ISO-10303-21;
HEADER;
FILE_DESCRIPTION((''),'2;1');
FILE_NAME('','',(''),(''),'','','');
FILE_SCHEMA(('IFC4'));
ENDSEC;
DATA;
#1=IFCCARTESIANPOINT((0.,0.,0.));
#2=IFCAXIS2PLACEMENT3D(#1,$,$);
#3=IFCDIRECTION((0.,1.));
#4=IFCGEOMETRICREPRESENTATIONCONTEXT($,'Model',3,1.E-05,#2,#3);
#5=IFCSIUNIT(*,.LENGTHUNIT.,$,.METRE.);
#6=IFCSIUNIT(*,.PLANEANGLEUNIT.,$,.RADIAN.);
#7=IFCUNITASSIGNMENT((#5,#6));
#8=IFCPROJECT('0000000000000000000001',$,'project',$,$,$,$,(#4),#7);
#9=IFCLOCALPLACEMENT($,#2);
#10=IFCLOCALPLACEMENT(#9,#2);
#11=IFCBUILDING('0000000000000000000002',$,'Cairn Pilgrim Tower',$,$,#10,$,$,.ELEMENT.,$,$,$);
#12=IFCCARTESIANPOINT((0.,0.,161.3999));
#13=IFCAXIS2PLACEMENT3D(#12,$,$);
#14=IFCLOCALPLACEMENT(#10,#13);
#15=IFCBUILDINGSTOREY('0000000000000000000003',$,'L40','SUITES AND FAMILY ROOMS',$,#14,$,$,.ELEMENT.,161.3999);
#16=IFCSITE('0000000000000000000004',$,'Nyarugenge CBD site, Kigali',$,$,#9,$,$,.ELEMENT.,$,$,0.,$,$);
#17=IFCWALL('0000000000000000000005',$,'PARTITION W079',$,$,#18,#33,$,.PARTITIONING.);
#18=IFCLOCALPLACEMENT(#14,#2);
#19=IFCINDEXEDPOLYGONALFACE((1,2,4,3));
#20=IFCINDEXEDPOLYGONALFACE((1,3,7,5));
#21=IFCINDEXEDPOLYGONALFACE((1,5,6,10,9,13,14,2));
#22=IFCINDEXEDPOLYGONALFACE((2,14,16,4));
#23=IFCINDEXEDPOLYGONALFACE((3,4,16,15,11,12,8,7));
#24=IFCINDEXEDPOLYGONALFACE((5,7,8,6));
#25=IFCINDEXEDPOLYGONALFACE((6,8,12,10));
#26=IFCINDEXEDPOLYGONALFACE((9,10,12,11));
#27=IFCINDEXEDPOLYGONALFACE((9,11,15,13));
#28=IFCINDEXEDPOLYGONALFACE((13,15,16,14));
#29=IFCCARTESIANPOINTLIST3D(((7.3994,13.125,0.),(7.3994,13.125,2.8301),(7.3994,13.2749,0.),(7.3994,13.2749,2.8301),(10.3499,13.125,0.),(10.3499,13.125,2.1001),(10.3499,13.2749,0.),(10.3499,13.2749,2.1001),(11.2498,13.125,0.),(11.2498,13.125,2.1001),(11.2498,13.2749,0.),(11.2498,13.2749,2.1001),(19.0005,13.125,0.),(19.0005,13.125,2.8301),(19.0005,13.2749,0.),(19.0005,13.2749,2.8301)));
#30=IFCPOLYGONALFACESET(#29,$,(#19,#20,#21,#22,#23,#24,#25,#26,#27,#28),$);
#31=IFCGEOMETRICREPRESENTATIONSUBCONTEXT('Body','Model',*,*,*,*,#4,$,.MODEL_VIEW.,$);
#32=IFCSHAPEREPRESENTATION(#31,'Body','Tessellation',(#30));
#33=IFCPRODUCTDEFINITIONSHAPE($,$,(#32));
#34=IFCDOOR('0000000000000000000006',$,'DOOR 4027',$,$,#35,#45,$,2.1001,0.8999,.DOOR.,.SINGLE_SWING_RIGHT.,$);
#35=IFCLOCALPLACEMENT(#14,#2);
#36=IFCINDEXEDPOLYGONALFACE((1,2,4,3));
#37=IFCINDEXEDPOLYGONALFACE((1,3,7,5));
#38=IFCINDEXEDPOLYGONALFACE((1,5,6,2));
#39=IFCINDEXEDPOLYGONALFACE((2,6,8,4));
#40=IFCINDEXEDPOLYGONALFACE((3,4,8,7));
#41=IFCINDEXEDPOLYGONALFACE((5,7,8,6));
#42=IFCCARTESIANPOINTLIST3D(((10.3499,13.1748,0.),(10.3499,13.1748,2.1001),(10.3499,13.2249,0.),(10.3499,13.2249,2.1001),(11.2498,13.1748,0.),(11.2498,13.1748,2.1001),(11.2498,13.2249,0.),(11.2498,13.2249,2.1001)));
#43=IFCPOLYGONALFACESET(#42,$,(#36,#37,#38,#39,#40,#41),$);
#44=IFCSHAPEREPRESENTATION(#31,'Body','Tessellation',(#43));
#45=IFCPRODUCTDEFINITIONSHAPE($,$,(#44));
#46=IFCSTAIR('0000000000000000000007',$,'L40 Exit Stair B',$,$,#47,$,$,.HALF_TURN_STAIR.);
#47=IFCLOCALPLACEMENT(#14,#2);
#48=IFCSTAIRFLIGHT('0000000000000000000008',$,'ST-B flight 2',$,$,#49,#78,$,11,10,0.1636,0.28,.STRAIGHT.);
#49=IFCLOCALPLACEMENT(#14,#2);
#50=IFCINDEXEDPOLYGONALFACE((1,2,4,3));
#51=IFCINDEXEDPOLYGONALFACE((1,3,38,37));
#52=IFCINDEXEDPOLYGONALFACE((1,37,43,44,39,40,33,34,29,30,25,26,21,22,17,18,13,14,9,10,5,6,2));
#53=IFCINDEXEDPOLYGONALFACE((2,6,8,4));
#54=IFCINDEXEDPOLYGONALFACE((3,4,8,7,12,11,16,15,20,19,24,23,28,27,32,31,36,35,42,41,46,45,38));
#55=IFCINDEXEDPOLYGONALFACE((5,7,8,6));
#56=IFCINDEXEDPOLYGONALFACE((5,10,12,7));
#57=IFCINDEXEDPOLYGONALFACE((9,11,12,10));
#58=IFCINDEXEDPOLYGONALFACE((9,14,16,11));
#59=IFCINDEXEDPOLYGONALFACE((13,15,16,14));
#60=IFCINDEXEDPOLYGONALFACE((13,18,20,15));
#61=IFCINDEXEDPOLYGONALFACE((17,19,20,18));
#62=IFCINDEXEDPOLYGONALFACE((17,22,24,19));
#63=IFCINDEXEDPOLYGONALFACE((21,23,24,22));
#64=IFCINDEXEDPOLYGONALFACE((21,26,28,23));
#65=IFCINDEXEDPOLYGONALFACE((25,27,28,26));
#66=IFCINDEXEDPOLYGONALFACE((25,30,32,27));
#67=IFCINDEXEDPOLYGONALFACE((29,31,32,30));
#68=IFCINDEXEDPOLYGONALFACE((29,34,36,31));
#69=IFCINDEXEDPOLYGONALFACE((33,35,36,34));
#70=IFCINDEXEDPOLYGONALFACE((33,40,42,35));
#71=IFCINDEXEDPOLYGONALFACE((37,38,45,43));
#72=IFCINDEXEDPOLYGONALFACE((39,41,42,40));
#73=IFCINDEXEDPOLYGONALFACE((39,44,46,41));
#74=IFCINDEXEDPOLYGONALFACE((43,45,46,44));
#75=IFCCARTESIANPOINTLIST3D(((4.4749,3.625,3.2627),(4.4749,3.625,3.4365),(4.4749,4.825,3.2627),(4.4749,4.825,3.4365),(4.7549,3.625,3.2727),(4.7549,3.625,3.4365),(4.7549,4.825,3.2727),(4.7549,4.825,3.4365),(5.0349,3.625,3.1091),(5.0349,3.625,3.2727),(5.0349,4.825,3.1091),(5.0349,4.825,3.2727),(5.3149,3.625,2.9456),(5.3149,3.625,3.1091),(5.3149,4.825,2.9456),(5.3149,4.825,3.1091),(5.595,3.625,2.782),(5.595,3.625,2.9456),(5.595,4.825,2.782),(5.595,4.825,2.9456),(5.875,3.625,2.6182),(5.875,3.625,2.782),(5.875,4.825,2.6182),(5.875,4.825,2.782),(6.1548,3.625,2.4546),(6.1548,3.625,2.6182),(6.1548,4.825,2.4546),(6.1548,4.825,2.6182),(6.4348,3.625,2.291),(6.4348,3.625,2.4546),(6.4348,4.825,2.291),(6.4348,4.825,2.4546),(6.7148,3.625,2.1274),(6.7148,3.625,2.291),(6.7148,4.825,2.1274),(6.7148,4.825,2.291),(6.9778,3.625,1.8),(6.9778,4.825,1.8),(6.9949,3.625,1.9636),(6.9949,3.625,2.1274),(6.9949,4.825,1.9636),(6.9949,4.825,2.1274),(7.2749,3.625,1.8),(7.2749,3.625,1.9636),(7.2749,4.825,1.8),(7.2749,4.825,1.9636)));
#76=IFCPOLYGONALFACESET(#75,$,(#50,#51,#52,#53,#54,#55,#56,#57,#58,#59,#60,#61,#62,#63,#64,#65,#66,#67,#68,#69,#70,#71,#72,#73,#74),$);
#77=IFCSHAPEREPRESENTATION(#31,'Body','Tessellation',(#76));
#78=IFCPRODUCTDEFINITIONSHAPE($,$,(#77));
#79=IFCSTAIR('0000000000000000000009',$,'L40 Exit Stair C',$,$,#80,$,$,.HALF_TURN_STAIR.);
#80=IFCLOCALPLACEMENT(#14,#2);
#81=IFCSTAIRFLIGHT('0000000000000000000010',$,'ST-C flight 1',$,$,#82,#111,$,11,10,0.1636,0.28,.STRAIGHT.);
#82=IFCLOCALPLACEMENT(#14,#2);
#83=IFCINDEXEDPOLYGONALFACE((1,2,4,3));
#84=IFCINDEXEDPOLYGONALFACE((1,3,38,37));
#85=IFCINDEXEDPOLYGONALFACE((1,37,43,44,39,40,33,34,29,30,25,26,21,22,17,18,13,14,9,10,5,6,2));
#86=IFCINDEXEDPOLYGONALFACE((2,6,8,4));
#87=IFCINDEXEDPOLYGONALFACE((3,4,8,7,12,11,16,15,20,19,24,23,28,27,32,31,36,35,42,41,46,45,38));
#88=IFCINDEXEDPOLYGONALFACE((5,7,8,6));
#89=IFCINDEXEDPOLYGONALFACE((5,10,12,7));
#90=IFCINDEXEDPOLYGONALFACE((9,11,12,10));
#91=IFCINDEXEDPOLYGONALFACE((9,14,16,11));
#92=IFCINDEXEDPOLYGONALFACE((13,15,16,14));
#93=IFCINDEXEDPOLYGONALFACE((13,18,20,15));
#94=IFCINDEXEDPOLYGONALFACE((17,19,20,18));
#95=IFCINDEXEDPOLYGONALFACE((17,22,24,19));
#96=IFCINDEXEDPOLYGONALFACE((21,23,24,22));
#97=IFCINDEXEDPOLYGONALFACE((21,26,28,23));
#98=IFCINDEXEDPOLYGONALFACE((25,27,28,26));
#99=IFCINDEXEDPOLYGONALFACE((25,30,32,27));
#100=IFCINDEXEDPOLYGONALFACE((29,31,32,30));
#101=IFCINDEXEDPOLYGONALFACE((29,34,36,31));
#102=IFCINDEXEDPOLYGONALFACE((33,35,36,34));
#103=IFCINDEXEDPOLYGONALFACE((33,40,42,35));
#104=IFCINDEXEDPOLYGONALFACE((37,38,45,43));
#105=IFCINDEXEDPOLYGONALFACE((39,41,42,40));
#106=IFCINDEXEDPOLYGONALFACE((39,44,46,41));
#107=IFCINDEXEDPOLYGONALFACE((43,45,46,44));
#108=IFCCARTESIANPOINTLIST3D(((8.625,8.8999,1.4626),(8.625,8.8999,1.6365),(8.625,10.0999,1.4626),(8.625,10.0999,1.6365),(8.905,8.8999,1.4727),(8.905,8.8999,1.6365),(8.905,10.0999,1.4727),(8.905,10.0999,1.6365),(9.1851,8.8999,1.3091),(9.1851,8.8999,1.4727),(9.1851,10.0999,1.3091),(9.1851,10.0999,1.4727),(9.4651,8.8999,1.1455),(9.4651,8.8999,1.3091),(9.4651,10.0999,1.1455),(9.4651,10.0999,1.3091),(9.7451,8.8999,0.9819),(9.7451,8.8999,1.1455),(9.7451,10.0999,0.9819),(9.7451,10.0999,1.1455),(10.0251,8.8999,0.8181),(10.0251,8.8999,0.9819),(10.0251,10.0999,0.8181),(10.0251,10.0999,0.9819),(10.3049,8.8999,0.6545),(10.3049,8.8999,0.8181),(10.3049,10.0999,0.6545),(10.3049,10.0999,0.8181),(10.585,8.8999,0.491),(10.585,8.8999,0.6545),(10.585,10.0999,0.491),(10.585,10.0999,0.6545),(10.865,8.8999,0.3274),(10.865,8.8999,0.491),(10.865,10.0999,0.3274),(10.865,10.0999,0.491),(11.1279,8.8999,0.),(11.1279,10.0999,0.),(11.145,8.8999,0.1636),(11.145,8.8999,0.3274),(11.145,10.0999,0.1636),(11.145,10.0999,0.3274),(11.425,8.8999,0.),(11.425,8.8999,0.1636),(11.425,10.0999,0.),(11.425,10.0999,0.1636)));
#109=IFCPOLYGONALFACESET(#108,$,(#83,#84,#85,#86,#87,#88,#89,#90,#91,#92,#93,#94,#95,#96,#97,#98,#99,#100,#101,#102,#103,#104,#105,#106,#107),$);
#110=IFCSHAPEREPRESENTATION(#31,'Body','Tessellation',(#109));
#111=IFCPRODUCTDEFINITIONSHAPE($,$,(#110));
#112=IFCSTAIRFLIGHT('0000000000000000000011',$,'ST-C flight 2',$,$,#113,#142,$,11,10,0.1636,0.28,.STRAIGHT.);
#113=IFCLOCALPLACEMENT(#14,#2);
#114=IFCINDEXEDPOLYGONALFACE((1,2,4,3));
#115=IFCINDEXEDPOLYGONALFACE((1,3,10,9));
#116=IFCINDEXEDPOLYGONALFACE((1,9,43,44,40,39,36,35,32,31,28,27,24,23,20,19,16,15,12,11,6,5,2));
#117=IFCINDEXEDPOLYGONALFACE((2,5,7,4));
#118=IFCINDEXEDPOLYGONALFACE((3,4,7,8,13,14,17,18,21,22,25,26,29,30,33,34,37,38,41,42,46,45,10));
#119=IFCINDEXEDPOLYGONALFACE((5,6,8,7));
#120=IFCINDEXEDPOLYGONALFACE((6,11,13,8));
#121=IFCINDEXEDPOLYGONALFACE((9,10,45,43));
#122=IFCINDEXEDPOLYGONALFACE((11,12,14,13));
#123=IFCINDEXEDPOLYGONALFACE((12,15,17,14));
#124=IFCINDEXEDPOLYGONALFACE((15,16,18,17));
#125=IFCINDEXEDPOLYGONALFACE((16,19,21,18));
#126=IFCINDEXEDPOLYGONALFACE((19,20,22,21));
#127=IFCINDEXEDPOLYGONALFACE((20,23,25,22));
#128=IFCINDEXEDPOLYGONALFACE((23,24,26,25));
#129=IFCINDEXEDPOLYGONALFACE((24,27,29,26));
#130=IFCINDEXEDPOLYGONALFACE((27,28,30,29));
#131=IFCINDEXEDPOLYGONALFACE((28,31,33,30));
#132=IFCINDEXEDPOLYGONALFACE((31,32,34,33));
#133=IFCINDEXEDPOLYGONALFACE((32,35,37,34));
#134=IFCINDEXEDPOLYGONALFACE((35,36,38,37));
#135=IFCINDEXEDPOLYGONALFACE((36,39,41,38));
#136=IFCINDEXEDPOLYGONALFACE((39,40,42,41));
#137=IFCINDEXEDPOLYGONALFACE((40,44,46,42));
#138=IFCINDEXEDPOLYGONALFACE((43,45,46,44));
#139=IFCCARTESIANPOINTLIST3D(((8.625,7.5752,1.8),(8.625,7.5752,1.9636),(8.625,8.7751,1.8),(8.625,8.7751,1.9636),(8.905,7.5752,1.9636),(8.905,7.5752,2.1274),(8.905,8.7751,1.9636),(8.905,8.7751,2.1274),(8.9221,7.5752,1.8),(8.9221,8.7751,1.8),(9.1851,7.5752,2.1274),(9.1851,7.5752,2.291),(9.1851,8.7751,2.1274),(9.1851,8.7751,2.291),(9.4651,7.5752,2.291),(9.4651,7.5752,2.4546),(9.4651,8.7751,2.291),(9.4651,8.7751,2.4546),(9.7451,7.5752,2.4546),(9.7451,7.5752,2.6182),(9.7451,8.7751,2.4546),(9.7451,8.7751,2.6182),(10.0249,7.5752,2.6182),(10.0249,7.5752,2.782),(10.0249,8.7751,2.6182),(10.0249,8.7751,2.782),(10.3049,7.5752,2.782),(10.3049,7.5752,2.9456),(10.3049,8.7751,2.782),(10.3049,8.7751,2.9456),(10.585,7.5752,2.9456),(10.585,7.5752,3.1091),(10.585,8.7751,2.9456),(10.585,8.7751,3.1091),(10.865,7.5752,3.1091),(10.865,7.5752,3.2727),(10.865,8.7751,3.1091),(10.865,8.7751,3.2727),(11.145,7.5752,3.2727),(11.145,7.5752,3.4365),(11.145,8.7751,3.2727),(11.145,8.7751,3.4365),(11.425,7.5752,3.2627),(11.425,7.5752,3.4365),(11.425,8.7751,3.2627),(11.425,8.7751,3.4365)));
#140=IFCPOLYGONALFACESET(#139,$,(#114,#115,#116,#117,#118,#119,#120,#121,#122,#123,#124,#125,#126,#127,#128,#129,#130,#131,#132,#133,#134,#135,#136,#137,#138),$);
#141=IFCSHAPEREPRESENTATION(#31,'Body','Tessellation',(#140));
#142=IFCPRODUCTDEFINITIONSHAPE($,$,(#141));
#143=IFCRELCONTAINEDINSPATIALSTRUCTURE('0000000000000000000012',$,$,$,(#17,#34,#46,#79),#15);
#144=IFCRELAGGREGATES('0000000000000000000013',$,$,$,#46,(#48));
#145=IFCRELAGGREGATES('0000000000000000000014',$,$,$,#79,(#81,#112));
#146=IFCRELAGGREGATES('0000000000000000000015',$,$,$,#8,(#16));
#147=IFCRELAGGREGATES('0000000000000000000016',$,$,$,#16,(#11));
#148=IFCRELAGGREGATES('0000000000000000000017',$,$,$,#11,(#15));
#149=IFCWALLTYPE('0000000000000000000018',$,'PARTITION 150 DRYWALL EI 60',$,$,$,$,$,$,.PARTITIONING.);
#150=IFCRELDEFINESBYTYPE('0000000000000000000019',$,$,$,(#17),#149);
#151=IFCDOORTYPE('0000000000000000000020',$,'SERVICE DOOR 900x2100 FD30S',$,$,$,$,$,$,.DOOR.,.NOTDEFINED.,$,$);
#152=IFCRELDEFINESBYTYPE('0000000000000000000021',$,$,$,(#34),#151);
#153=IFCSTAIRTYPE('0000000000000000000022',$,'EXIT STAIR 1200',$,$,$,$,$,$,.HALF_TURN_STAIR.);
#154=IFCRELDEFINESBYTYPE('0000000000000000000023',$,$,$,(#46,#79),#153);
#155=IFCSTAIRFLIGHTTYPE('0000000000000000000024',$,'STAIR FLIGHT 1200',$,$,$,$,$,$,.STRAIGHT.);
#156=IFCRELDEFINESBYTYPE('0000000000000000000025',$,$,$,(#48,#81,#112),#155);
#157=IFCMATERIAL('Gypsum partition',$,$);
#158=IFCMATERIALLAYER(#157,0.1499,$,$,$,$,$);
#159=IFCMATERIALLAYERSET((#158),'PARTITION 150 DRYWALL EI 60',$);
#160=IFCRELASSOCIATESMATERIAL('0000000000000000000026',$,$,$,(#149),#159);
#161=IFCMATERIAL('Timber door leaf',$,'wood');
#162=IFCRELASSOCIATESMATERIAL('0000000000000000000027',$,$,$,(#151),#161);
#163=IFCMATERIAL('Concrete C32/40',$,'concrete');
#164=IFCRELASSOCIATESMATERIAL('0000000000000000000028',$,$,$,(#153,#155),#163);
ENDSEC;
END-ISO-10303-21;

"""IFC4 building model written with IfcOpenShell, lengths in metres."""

from ifc_helpers import new_model, si_unit, direction, frame, frame_2d, origin, place, context, subcontext, project, spatial, polyline, rectangle, outline, extrude, material, layer, layer_set, type_object, element, fill, aggregate, save


model = new_model("IFC4")

# Units and contexts
model_context = context("Model", 3, precision=1e-05, world=origin(), true_north=direction((0.0, 1.0)))
body_context = subcontext(model_context, "Body", "Model", "MODEL_VIEW")
ifc_project = project(units=[si_unit("LENGTHUNIT", "METRE"), si_unit("PLANEANGLEUNIT", "RADIAN")], contexts=[model_context])

# Site, building, storey
site_placement = place(None, origin())
site = spatial("IfcSite", under=ifc_project, at=site_placement, Name="Nyarugenge CBD site, Kigali", CompositionType="ELEMENT", RefElevation=0.0)
building_placement = place(site_placement, origin())
building = spatial("IfcBuilding", under=site, at=building_placement, Name="Cairn Pilgrim Tower", CompositionType="ELEMENT")
storey_placement = place(building_placement, frame((0.0, 0.0, 161.3999)))
storey = spatial("IfcBuildingStorey", under=building, at=storey_placement, Name="L40", Description="SUITES AND FAMILY ROOMS", CompositionType="ELEMENT", Elevation=161.3999)

# Shared definitions
ifc_material_1 = material(Name="Concrete C32/40", Category="concrete")

# Wall, opening, door
ifc_material_2 = material(Name="Gypsum partition")
ifc_layer_1 = layer(ifc_material_2, 0.1499)
ifc_layer_set_1 = layer_set([ifc_layer_1], Name="PARTITION 150 DRYWALL EI 60")
wall_type_1 = type_object("IfcWallType", Name="PARTITION 150 DRYWALL EI 60", PredefinedType="PARTITIONING", material=ifc_layer_set_1)
wall_1_placement = place(storey_placement, frame((7.3994, 13.2, 0.0), z_axis=(0.0, 0.0, 1.0), x_axis=(1.0, 0.0, 0.0)))
wall_1 = element("IfcWall", 1, at=wall_1_placement, inside=storey, type_object=wall_type_1, Name="PARTITION W079", PredefinedType="PARTITIONING", context=body_context, shape_type="SweptSolid", body=[
    extrude(rectangle(XDim=11.6011, YDim=0.1499, at=frame_2d((5.8005, 0.0))), origin(), (0.0, 0.0, 1.0), 2.8301),
])
opening_1_placement = place(wall_1_placement, frame((2.9504, 0.0, 0.0)))
opening_1 = element("IfcOpeningElement", 2, at=opening_1_placement, cuts=wall_1, PredefinedType="OPENING", context=body_context, shape_type="SweptSolid", body=[
    extrude(rectangle(XDim=0.8999, YDim=2.1001, at=frame_2d((0.45, 1.05))), frame((0.0, 0.085, 0.0), z_axis=(0.0, -1.0, 0.0), x_axis=(1.0, 0.0, 0.0)), (0.0, 0.0, 1.0), 0.1699),
])
ifc_material_3 = material(Name="Timber door leaf", Category="wood")
door_type_1 = type_object("IfcDoorType", Name="SERVICE DOOR 900x2100 FD30S", OperationType="NOTDEFINED", PredefinedType="DOOR", material=ifc_material_3)
door_1_placement = place(opening_1_placement, origin())
door_1 = element("IfcDoor", 3, at=door_1_placement, inside=storey, type_object=door_type_1, Name="DOOR 4027", OperationType="SINGLE_SWING_RIGHT", OverallHeight=2.1001, OverallWidth=0.8999, PredefinedType="DOOR", context=body_context, shape_type="SweptSolid", body=[
    extrude(rectangle(XDim=0.8999, YDim=2.1001, at=frame_2d((0.45, 1.05))), frame((0.0, 0.0249, 0.0), z_axis=(0.0, -1.0, 0.0), x_axis=(1.0, 0.0, 0.0)), (0.0, 0.0, 1.0), 0.05),
])
fill(opening_1, door_1)

# Stair, stair flight
stair_type = type_object("IfcStairType", Name="EXIT STAIR 1200", PredefinedType="HALF_TURN_STAIR", material=ifc_material_1)
stair_1_placement = place(storey_placement, origin())
stair_1 = element("IfcStair", 4, at=stair_1_placement, inside=storey, type_object=stair_type, Name="L40 Exit Stair B", PredefinedType="HALF_TURN_STAIR")
stair_flight_type = type_object("IfcStairFlightType", Name="STAIR FLIGHT 1200", PredefinedType="STRAIGHT", material=ifc_material_1)
stair_flight_1_placement = place(storey_placement, frame((7.2749, 4.2251, 1.8), z_axis=(0.0, 0.0, 1.0), x_axis=(-1.0, 0.0, 0.0)))
stair_flight_1 = element("IfcStairFlight", 5, at=stair_flight_1_placement, type_object=stair_flight_type, Name="ST-B flight 2", NumberOfRisers=11, NumberOfTreads=10, PredefinedType="STRAIGHT", RiserHeight=0.1636, TreadLength=0.28, context=body_context, shape_type="SweptSolid", body=[
    extrude(outline(polyline([(0.0, 0.0), (0.0, 0.1636), (0.28, 0.1636), (0.28, 0.3274), (0.5601, 0.3274), (0.5601, 0.491), (0.8401, 0.491), (0.8401, 0.6545), (1.1201, 0.6545), (1.1201, 0.8181), (1.3999, 0.8181), (1.3999, 0.9819), (1.6799, 0.9819), (1.6799, 1.1455), (1.96, 1.1455), (1.96, 1.3091), (2.24, 1.3091), (2.24, 1.4727), (2.52, 1.4727), (2.52, 1.6365), (2.8, 1.6365), (2.8, 1.8), (2.8, 1.4626), (0.2971, 0.0), (0.0, 0.0)])), frame((0.0, 0.6001, 0.0), z_axis=(0.0, -1.0, 0.0), x_axis=(1.0, 0.0, 0.0)), (0.0, 0.0, 1.0), 1.2),
])
aggregate(stair_1, [stair_flight_1])

# Stair, stair flights
stair_2_placement = place(storey_placement, origin())
stair_2 = element("IfcStair", 6, at=stair_2_placement, inside=storey, type_object=stair_type, Name="L40 Exit Stair C", PredefinedType="HALF_TURN_STAIR")
stair_flight_2_placement = place(storey_placement, frame((11.425, 9.5, 0.0), z_axis=(0.0, 0.0, 1.0), x_axis=(-1.0, 0.0, 0.0)))
stair_flight_2 = element("IfcStairFlight", 7, at=stair_flight_2_placement, type_object=stair_flight_type, Name="ST-C flight 1", NumberOfRisers=11, NumberOfTreads=10, PredefinedType="STRAIGHT", RiserHeight=0.1636, TreadLength=0.28, context=body_context, shape_type="SweptSolid", body=[
    extrude(outline(polyline([(0.0, 0.0), (0.0, 0.1636), (0.28, 0.1636), (0.28, 0.3274), (0.5601, 0.3274), (0.5601, 0.491), (0.8401, 0.491), (0.8401, 0.6545), (1.1201, 0.6545), (1.1201, 0.8181), (1.3999, 0.8181), (1.3999, 0.9819), (1.6799, 0.9819), (1.6799, 1.1455), (1.96, 1.1455), (1.96, 1.3091), (2.24, 1.3091), (2.24, 1.4727), (2.52, 1.4727), (2.52, 1.6365), (2.8, 1.6365), (2.8, 1.8), (2.8, 1.4626), (0.2971, 0.0), (0.0, 0.0)])), frame((0.0, 0.6001, 0.0), z_axis=(0.0, -1.0, 0.0), x_axis=(1.0, 0.0, 0.0)), (0.0, 0.0, 1.0), 1.2),
])
stair_flight_3_placement = place(storey_placement, frame((8.625, 8.175, 1.8), z_axis=(0.0, 0.0, 1.0), x_axis=(1.0, 0.0, 0.0)))
stair_flight_3 = element("IfcStairFlight", 8, at=stair_flight_3_placement, type_object=stair_flight_type, Name="ST-C flight 2", NumberOfRisers=11, NumberOfTreads=10, PredefinedType="STRAIGHT", RiserHeight=0.1636, TreadLength=0.28, context=body_context, shape_type="SweptSolid", body=[
    extrude(outline(polyline([(0.0, 0.0), (0.0, 0.1636), (0.28, 0.1636), (0.28, 0.3274), (0.5601, 0.3274), (0.5601, 0.491), (0.8401, 0.491), (0.8401, 0.6545), (1.1201, 0.6545), (1.1201, 0.8181), (1.3999, 0.8181), (1.3999, 0.9819), (1.6799, 0.9819), (1.6799, 1.1455), (1.96, 1.1455), (1.96, 1.3091), (2.24, 1.3091), (2.24, 1.4727), (2.52, 1.4727), (2.52, 1.6365), (2.8, 1.6365), (2.8, 1.8), (2.8, 1.4626), (0.2971, 0.0), (0.0, 0.0)])), frame((0.0, 0.6001, 0.0), z_axis=(0.0, -1.0, 0.0), x_axis=(1.0, 0.0, 0.0)), (0.0, 0.0, 1.0), 1.2),
])
aggregate(stair_2, [stair_flight_2, stair_flight_3])

save(model, "model.ifc")
